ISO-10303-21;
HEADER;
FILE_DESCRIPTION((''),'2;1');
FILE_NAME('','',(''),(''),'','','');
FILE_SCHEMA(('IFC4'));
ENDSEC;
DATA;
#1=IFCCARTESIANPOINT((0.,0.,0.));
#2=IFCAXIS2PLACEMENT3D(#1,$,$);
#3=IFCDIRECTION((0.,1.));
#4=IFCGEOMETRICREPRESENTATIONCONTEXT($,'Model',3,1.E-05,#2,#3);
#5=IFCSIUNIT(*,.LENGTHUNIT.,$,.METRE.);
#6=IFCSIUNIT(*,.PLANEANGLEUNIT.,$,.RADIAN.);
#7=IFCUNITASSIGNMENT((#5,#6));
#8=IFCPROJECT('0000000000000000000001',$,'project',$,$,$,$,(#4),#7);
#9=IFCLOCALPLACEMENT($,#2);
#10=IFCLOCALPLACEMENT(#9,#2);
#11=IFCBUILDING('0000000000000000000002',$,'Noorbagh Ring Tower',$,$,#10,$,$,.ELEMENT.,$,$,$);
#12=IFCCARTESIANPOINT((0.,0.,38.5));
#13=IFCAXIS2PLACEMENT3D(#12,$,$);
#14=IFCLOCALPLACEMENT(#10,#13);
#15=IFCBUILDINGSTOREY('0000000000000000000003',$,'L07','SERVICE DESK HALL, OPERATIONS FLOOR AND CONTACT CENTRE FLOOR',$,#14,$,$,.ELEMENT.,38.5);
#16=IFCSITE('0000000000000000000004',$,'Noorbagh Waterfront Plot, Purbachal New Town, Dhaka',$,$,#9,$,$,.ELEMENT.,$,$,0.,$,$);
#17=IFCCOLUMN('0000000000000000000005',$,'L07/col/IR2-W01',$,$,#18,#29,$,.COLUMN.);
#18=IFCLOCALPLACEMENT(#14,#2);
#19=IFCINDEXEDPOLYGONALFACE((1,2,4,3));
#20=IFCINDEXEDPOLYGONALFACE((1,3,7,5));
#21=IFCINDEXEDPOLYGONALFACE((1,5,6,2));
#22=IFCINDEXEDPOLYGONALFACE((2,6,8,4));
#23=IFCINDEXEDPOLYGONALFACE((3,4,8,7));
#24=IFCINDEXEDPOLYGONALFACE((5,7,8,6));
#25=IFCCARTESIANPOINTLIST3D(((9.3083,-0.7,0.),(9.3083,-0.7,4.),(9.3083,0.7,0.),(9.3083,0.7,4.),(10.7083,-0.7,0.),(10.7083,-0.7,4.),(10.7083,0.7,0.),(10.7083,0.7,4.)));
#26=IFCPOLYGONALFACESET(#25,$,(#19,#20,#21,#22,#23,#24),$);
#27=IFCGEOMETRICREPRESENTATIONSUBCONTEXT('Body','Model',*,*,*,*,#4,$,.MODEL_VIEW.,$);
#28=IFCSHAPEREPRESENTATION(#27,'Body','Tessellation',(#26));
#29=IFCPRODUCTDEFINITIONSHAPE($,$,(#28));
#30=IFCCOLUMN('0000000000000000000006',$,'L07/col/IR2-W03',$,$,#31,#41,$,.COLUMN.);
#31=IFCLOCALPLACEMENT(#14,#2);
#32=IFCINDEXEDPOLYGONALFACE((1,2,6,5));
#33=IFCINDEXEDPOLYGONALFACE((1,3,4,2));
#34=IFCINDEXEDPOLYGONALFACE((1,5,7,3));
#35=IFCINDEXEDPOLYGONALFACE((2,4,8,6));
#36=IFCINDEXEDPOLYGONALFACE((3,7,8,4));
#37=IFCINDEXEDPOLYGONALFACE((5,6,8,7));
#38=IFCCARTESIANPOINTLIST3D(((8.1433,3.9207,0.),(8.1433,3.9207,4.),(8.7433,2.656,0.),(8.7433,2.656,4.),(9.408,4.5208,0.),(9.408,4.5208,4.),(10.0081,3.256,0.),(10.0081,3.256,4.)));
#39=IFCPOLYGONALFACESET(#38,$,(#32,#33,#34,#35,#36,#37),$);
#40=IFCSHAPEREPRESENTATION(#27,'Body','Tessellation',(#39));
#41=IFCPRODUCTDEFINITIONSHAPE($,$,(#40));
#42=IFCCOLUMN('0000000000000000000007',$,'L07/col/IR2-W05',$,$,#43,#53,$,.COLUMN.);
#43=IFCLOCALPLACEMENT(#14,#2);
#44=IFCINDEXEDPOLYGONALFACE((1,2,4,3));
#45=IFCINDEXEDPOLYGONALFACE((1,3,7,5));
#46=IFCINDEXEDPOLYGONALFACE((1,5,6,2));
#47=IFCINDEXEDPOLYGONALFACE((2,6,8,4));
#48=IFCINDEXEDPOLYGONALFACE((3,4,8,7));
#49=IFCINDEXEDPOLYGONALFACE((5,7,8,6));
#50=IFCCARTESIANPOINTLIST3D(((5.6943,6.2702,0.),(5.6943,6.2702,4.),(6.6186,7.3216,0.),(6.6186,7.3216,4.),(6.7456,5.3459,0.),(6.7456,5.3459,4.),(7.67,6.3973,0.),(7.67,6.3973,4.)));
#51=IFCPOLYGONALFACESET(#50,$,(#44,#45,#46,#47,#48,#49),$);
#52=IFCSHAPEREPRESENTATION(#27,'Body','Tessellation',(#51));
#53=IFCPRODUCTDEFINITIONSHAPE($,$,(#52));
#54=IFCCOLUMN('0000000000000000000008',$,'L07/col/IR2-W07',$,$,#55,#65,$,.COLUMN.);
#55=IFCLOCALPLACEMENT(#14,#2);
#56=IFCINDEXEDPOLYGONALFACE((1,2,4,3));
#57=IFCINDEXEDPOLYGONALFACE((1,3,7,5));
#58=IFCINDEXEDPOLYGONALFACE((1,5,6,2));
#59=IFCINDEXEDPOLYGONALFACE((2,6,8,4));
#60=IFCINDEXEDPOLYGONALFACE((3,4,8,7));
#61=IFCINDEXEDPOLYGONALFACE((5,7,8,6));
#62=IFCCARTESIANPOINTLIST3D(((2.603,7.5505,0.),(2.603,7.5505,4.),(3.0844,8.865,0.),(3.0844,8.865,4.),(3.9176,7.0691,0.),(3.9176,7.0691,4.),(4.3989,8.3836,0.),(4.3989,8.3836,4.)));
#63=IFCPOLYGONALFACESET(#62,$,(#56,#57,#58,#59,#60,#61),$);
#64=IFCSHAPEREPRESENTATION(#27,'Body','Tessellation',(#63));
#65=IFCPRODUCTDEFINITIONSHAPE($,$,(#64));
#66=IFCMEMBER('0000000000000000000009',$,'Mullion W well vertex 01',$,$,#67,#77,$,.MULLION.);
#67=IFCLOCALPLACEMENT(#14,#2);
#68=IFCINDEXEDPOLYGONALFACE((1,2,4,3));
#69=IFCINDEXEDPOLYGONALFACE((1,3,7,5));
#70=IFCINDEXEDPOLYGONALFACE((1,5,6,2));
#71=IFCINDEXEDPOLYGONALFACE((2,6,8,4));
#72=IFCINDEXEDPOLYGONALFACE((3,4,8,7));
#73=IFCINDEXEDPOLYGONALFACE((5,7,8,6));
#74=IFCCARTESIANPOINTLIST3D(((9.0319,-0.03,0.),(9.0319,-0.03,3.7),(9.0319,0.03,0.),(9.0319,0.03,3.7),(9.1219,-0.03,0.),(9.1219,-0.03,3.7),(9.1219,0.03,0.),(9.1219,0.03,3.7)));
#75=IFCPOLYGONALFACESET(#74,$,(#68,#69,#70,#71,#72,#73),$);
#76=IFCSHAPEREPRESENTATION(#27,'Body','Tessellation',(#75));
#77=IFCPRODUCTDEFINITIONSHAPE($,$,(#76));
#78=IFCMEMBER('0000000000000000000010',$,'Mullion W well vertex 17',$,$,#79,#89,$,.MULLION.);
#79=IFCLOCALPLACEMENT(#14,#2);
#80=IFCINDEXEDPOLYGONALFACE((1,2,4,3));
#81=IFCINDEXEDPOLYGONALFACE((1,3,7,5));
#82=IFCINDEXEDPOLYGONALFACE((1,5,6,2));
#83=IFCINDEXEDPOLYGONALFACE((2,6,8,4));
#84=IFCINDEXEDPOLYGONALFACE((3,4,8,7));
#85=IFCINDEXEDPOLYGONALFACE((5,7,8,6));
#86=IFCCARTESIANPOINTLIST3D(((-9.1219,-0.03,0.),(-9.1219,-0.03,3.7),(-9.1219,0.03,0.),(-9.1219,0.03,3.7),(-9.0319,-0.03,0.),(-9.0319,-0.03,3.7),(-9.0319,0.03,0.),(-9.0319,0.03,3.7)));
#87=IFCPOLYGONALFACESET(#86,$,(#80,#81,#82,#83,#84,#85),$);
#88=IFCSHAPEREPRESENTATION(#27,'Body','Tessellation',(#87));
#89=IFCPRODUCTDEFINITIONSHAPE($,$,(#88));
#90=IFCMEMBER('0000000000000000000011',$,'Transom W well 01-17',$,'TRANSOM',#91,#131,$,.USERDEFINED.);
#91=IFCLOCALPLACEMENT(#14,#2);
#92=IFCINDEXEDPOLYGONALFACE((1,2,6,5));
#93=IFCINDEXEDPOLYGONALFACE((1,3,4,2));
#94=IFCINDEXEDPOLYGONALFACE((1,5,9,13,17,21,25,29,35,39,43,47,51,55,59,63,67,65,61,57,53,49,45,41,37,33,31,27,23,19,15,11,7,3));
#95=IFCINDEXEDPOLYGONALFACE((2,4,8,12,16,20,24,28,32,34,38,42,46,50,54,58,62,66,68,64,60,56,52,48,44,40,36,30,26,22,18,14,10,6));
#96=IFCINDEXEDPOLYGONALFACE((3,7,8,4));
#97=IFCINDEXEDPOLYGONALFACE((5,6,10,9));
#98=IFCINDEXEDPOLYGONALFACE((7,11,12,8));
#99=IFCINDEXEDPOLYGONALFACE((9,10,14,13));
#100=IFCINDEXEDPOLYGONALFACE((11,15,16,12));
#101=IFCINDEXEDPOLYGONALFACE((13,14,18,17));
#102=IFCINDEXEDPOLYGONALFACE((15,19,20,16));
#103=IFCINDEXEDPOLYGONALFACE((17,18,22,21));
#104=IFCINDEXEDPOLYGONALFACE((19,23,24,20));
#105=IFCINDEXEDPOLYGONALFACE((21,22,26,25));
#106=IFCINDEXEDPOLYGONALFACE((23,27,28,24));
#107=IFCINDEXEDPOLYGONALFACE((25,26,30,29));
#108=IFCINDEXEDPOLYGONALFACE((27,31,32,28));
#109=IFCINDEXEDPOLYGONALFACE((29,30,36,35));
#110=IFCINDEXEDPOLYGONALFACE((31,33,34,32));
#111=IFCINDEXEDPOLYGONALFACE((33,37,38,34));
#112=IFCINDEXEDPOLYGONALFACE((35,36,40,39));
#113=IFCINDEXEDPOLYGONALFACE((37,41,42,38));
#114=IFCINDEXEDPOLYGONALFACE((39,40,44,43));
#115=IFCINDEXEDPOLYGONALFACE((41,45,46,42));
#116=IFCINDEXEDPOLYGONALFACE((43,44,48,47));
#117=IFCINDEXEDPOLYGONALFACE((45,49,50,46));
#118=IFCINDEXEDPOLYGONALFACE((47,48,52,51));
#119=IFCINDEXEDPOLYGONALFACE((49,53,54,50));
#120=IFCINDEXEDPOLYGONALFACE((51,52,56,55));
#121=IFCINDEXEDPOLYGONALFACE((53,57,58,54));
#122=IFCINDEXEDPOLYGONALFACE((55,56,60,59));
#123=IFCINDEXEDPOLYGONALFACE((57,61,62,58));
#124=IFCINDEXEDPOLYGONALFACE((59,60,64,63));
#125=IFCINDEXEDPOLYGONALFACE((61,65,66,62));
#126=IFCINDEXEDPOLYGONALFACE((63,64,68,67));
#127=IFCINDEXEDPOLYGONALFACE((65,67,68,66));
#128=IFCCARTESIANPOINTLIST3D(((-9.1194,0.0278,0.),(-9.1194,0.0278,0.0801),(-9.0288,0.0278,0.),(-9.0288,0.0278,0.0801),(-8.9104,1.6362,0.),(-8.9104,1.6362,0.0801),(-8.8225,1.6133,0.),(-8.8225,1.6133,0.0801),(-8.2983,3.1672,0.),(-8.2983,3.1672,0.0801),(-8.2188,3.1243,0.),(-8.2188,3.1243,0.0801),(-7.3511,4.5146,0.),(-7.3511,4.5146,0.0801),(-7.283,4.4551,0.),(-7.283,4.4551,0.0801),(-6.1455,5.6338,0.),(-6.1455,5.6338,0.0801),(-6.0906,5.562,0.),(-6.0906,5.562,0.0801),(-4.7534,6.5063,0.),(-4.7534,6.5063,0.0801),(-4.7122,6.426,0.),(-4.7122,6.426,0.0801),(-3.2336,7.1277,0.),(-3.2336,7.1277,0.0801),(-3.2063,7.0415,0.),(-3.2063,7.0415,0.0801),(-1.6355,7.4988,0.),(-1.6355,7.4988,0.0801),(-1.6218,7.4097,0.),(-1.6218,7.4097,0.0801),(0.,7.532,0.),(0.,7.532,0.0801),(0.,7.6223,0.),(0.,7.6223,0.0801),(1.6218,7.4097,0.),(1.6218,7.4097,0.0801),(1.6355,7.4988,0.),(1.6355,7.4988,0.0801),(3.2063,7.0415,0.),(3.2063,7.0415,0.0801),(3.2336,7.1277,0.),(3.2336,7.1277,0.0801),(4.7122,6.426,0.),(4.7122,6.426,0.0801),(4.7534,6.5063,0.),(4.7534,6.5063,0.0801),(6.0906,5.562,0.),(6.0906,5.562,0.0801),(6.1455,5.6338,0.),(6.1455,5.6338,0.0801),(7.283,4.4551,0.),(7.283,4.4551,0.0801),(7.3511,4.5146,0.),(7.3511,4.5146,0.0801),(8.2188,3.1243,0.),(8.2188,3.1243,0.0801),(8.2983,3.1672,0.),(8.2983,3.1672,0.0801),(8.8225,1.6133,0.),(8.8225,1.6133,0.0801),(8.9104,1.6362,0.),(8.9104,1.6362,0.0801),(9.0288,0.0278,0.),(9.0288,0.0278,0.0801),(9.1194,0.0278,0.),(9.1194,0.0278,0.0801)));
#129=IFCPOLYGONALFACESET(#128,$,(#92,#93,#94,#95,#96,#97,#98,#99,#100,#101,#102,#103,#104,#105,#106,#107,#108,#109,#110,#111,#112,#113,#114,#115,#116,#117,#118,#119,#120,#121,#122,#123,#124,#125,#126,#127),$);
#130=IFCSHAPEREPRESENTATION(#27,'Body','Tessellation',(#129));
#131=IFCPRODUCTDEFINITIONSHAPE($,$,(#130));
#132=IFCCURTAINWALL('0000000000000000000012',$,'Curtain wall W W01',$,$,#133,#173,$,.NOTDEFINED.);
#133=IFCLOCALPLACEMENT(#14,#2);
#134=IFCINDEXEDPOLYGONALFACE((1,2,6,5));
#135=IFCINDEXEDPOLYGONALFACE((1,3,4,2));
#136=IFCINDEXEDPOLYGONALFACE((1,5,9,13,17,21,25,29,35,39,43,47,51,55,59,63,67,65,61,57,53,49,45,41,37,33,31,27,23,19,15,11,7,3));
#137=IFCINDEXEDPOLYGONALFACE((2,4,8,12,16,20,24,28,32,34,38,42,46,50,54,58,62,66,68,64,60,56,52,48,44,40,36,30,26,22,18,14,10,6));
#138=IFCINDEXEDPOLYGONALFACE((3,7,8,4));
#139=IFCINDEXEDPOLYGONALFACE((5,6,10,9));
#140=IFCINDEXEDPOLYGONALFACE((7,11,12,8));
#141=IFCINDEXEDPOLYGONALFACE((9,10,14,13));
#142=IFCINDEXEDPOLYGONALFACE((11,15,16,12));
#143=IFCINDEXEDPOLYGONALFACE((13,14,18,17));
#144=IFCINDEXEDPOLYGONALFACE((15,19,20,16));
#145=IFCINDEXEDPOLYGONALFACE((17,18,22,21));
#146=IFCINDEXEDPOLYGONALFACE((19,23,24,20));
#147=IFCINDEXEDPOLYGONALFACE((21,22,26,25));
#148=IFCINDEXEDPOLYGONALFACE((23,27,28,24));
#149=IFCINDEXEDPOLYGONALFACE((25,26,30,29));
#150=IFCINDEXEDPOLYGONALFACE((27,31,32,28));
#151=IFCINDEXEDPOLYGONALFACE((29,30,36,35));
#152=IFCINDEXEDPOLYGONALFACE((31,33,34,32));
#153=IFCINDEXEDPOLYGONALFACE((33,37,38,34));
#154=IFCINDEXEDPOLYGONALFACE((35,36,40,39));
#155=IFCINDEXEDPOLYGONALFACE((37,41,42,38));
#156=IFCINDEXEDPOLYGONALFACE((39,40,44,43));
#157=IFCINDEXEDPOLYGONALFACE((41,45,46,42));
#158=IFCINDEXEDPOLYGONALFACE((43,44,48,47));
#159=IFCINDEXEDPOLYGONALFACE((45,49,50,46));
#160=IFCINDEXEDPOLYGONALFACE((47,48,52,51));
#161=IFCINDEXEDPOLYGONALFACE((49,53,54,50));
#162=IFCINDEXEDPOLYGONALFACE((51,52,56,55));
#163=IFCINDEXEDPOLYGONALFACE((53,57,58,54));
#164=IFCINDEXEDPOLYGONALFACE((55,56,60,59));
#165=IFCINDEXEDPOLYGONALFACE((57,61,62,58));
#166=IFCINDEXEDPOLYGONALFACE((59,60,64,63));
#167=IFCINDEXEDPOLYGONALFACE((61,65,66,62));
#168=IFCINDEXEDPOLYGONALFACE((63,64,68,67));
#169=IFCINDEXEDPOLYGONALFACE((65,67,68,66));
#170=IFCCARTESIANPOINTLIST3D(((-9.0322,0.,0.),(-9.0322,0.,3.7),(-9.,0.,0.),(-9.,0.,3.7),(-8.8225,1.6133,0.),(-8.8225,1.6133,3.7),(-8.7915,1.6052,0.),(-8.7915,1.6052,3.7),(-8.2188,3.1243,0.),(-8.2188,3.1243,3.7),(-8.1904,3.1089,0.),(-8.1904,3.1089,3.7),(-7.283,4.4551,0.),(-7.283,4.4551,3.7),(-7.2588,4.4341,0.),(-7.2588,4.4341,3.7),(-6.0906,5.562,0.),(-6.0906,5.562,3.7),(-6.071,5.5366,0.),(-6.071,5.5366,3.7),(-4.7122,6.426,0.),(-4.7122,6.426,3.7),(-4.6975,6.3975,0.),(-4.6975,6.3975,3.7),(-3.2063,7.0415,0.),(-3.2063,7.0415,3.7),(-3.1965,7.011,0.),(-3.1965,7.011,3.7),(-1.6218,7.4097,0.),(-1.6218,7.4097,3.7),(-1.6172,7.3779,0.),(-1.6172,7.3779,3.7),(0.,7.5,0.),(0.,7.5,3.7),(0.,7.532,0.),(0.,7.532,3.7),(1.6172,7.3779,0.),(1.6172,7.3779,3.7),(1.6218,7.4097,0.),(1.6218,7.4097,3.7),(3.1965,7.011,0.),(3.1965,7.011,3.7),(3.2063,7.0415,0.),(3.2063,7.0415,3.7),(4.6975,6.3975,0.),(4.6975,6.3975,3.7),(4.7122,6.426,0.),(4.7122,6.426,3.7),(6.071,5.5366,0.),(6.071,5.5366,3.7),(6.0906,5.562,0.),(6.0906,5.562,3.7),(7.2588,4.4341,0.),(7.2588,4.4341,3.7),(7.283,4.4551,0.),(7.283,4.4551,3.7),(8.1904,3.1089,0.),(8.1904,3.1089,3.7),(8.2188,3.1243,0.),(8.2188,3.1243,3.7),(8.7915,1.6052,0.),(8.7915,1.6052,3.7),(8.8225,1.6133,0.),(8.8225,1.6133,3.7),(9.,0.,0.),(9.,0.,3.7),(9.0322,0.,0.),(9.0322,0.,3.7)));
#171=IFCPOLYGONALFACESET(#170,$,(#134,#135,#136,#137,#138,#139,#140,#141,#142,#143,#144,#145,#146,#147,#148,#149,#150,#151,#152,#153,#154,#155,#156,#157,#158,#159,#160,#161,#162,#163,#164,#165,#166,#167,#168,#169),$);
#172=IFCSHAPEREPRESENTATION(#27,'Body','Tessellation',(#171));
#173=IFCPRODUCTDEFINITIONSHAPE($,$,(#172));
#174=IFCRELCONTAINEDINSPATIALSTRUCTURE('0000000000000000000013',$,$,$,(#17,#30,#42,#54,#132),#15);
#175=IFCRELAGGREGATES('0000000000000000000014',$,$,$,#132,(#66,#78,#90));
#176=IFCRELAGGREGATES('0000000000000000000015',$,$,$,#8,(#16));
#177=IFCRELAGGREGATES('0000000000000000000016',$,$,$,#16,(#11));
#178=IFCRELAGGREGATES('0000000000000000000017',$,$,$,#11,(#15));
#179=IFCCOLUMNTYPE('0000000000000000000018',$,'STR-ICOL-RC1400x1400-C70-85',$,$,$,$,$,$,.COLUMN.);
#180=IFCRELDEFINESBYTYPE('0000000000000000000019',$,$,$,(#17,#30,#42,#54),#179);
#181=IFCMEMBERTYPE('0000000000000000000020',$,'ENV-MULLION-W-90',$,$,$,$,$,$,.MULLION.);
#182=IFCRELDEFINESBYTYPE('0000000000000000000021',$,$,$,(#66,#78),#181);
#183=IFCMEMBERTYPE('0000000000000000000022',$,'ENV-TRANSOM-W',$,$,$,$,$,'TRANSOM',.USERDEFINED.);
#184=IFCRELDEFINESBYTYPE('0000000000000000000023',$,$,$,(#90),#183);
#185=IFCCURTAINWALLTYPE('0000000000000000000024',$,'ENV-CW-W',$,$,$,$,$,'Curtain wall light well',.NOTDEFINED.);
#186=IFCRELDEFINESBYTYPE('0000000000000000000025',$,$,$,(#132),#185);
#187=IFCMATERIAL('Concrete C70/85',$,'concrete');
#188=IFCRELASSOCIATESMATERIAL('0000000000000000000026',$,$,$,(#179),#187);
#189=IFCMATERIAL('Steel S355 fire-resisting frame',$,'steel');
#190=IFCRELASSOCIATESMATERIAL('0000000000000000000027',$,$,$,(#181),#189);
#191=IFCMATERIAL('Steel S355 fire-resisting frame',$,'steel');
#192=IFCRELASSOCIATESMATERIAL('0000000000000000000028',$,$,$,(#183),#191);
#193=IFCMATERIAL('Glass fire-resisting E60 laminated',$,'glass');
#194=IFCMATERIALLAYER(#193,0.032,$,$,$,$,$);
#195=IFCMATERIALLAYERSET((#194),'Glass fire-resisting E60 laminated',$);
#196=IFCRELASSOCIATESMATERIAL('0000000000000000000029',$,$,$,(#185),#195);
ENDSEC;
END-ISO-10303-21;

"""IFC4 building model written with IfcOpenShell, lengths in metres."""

from ifc_helpers import new_model, si_unit, direction, frame, origin, origin_2d, place, context, subcontext, project, spatial, polyline, rectangle, outline, extrude, material, layer, layer_set, material_profile, profile_set, type_object, element, aggregate, save


model = new_model("IFC4")

# Units and contexts
model_context = context("Model", 3, precision=1e-05, world=origin(), true_north=direction((0.0, 1.0)))
body_context = subcontext(model_context, "Body", "Model", "MODEL_VIEW")
ifc_project = project(units=[si_unit("LENGTHUNIT", "METRE"), si_unit("PLANEANGLEUNIT", "RADIAN")], contexts=[model_context])

# Site, building, storey
site_placement = place(None, origin())
site = spatial("IfcSite", under=ifc_project, at=site_placement, Name="Noorbagh Waterfront Plot, Purbachal New Town, Dhaka", CompositionType="ELEMENT", RefElevation=0.0)
building_placement = place(site_placement, origin())
building = spatial("IfcBuilding", under=site, at=building_placement, Name="Noorbagh Ring Tower", CompositionType="ELEMENT")
storey_placement = place(building_placement, frame((0.0, 0.0, 38.5)))
storey = spatial("IfcBuildingStorey", under=building, at=storey_placement, Name="L07", Description="SERVICE DESK HALL, OPERATIONS FLOOR AND CONTACT CENTRE FLOOR", CompositionType="ELEMENT", Elevation=38.5)

# Columns
ifc_material_1 = material(Name="Concrete C70/85", Category="concrete")
ifc_material_profile_1 = material_profile(ifc_material_1, rectangle(XDim=1.3999, YDim=1.3999, at=origin_2d()), Name="RC1400x1400")
ifc_profile_set_1 = profile_set([ifc_material_profile_1], Name="Concrete C70/85")
column_type = type_object("IfcColumnType", Name="STR-ICOL-RC1400x1400-C70-85", PredefinedType="COLUMN", material=ifc_profile_set_1)
for number, where, z_axis, x_axis, name in (
    (1, (10.0083, 0.0, 0.0), (0.0, 0.0, 1.0), (0.0, 1.0, 0.0), "L07/col/IR2-W01"),
    (2, (9.0757, 3.5884, 0.0), (0.0, 0.0, 1.0), (-0.428667, 0.903463, 0.0), "L07/col/IR2-W03"),
    (3, (6.6821, 6.3337, 0.0), (0.0, 0.0, 1.0), (-0.751022, 0.660277, 0.0), "L07/col/IR2-W05"),
    (4, (3.501, 7.967, 0.0), (0.0, 0.0, 1.0), (-0.93902, 0.343864, 0.0), "L07/col/IR2-W07"),
):
    element("IfcColumn", number, at=place(storey_placement, frame(where, z_axis=z_axis, x_axis=x_axis)), inside=storey, type_object=column_type, Name=name, PredefinedType="COLUMN", context=body_context, shape_type="SweptSolid", body=[
        extrude(rectangle(XDim=1.3999, YDim=1.3999, at=origin_2d()), origin(), (0.0, 0.0, 1.0), 4.0),
    ])

# Members
ifc_material_2 = material(Name="Steel S355 fire-resisting frame", Category="steel")
ifc_material_profile_2 = material_profile(ifc_material_2, rectangle(XDim=0.0901, YDim=0.0601, at=origin_2d()), Name="90x60")
ifc_profile_set_2 = profile_set([ifc_material_profile_2], Name="Steel S355 fire-resisting frame")
member_type_1 = type_object("IfcMemberType", Name="ENV-MULLION-W-90", PredefinedType="MULLION", material=ifc_profile_set_2)
member_1_placement = place(storey_placement, frame((9.0769, 0.0, 0.0), z_axis=(0.0, 0.0, 1.0), x_axis=(1.0, 0.0, 0.0)))
member_1 = element("IfcMember", 5, at=member_1_placement, type_object=member_type_1, Name="Mullion W well vertex 01", PredefinedType="MULLION", context=body_context, shape_type="SweptSolid", body=[
    extrude(rectangle(XDim=0.0901, YDim=0.0601, at=origin_2d()), origin(), (0.0, 0.0, 1.0), 3.7),
])
member_2_placement = place(storey_placement, frame((-9.0769, 0.0, 0.0), z_axis=(0.0, 0.0, 1.0), x_axis=(-1.0, 0.0, 0.0)))
member_2 = element("IfcMember", 6, at=member_2_placement, type_object=member_type_1, Name="Mullion W well vertex 17", PredefinedType="MULLION", context=body_context, shape_type="SweptSolid", body=[
    extrude(rectangle(XDim=0.0901, YDim=0.0601, at=origin_2d()), origin(), (0.0, 0.0, 1.0), 3.7),
])
ifc_material_3 = material(Name="Steel S355 fire-resisting frame", Category="steel")
member_type_2 = type_object("IfcMemberType", Name="ENV-TRANSOM-W", ElementType="TRANSOM", PredefinedType="USERDEFINED", material=ifc_material_3)
member_3_placement = place(storey_placement, origin())
member_3 = element("IfcMember", 7, at=member_3_placement, type_object=member_type_2, Name="Transom W well 01-17", ObjectType="TRANSOM", PredefinedType="USERDEFINED", context=body_context, shape_type="SweptSolid", body=[
    extrude(outline(polyline([(9.1194, 0.0278), (8.9104, 1.6362), (8.2983, 3.1672), (7.3511, 4.5146), (6.1455, 5.6338), (4.7534, 6.5063), (3.2336, 7.1277), (1.6355, 7.4988), (0.0, 7.6223), (-1.6355, 7.4988), (-3.2336, 7.1277), (-4.7534, 6.5063), (-6.1455, 5.6338), (-7.3511, 4.5146), (-8.2983, 3.1672), (-8.9104, 1.6362), (-9.1194, 0.0278), (-9.0288, 0.0278), (-8.8225, 1.6133), (-8.2188, 3.1243), (-7.283, 4.4551), (-6.0906, 5.562), (-4.7122, 6.426), (-3.2063, 7.0415), (-1.6218, 7.4097), (0.0, 7.532), (1.6218, 7.4097), (3.2063, 7.0415), (4.7122, 6.426), (6.0906, 5.562), (7.283, 4.4551), (8.2188, 3.1243), (8.8225, 1.6133), (9.0288, 0.0278), (9.1194, 0.0278)])), origin(), (0.0, 0.0, 1.0), 0.0801),
])

# Curtain wall
ifc_material_4 = material(Name="Glass fire-resisting E60 laminated", Category="glass")
ifc_layer_1 = layer(ifc_material_4, 0.032)
ifc_layer_set_1 = layer_set([ifc_layer_1], Name="Glass fire-resisting E60 laminated")
curtain_wall_type = type_object("IfcCurtainWallType", Name="ENV-CW-W", ElementType="Curtain wall light well", PredefinedType="NOTDEFINED", material=ifc_layer_set_1)
curtain_wall_1_placement = place(storey_placement, origin())
curtain_wall_1 = element("IfcCurtainWall", 8, at=curtain_wall_1_placement, inside=storey, type_object=curtain_wall_type, Name="Curtain wall W W01", PredefinedType="NOTDEFINED", context=body_context, shape_type="SweptSolid", body=[
    extrude(outline(polyline([(9.0322, 0.0), (8.8225, 1.6133), (8.2188, 3.1243), (7.283, 4.4551), (6.0906, 5.562), (4.7122, 6.426), (3.2063, 7.0415), (1.6218, 7.4097), (0.0, 7.532), (-1.6218, 7.4097), (-3.2063, 7.0415), (-4.7122, 6.426), (-6.0906, 5.562), (-7.283, 4.4551), (-8.2188, 3.1243), (-8.8225, 1.6133), (-9.0322, 0.0), (-9.0, 0.0), (-8.7915, 1.6052), (-8.1904, 3.1089), (-7.2588, 4.4341), (-6.071, 5.5366), (-4.6975, 6.3975), (-3.1965, 7.011), (-1.6172, 7.3779), (0.0, 7.5), (1.6172, 7.3779), (3.1965, 7.011), (4.6975, 6.3975), (6.071, 5.5366), (7.2588, 4.4341), (8.1904, 3.1089), (8.7915, 1.6052), (9.0, 0.0), (9.0322, 0.0)])), origin(), (0.0, 0.0, 1.0), 3.7),
])
aggregate(curtain_wall_1, [member_1, member_2, member_3])

save(model, "model.ifc")
